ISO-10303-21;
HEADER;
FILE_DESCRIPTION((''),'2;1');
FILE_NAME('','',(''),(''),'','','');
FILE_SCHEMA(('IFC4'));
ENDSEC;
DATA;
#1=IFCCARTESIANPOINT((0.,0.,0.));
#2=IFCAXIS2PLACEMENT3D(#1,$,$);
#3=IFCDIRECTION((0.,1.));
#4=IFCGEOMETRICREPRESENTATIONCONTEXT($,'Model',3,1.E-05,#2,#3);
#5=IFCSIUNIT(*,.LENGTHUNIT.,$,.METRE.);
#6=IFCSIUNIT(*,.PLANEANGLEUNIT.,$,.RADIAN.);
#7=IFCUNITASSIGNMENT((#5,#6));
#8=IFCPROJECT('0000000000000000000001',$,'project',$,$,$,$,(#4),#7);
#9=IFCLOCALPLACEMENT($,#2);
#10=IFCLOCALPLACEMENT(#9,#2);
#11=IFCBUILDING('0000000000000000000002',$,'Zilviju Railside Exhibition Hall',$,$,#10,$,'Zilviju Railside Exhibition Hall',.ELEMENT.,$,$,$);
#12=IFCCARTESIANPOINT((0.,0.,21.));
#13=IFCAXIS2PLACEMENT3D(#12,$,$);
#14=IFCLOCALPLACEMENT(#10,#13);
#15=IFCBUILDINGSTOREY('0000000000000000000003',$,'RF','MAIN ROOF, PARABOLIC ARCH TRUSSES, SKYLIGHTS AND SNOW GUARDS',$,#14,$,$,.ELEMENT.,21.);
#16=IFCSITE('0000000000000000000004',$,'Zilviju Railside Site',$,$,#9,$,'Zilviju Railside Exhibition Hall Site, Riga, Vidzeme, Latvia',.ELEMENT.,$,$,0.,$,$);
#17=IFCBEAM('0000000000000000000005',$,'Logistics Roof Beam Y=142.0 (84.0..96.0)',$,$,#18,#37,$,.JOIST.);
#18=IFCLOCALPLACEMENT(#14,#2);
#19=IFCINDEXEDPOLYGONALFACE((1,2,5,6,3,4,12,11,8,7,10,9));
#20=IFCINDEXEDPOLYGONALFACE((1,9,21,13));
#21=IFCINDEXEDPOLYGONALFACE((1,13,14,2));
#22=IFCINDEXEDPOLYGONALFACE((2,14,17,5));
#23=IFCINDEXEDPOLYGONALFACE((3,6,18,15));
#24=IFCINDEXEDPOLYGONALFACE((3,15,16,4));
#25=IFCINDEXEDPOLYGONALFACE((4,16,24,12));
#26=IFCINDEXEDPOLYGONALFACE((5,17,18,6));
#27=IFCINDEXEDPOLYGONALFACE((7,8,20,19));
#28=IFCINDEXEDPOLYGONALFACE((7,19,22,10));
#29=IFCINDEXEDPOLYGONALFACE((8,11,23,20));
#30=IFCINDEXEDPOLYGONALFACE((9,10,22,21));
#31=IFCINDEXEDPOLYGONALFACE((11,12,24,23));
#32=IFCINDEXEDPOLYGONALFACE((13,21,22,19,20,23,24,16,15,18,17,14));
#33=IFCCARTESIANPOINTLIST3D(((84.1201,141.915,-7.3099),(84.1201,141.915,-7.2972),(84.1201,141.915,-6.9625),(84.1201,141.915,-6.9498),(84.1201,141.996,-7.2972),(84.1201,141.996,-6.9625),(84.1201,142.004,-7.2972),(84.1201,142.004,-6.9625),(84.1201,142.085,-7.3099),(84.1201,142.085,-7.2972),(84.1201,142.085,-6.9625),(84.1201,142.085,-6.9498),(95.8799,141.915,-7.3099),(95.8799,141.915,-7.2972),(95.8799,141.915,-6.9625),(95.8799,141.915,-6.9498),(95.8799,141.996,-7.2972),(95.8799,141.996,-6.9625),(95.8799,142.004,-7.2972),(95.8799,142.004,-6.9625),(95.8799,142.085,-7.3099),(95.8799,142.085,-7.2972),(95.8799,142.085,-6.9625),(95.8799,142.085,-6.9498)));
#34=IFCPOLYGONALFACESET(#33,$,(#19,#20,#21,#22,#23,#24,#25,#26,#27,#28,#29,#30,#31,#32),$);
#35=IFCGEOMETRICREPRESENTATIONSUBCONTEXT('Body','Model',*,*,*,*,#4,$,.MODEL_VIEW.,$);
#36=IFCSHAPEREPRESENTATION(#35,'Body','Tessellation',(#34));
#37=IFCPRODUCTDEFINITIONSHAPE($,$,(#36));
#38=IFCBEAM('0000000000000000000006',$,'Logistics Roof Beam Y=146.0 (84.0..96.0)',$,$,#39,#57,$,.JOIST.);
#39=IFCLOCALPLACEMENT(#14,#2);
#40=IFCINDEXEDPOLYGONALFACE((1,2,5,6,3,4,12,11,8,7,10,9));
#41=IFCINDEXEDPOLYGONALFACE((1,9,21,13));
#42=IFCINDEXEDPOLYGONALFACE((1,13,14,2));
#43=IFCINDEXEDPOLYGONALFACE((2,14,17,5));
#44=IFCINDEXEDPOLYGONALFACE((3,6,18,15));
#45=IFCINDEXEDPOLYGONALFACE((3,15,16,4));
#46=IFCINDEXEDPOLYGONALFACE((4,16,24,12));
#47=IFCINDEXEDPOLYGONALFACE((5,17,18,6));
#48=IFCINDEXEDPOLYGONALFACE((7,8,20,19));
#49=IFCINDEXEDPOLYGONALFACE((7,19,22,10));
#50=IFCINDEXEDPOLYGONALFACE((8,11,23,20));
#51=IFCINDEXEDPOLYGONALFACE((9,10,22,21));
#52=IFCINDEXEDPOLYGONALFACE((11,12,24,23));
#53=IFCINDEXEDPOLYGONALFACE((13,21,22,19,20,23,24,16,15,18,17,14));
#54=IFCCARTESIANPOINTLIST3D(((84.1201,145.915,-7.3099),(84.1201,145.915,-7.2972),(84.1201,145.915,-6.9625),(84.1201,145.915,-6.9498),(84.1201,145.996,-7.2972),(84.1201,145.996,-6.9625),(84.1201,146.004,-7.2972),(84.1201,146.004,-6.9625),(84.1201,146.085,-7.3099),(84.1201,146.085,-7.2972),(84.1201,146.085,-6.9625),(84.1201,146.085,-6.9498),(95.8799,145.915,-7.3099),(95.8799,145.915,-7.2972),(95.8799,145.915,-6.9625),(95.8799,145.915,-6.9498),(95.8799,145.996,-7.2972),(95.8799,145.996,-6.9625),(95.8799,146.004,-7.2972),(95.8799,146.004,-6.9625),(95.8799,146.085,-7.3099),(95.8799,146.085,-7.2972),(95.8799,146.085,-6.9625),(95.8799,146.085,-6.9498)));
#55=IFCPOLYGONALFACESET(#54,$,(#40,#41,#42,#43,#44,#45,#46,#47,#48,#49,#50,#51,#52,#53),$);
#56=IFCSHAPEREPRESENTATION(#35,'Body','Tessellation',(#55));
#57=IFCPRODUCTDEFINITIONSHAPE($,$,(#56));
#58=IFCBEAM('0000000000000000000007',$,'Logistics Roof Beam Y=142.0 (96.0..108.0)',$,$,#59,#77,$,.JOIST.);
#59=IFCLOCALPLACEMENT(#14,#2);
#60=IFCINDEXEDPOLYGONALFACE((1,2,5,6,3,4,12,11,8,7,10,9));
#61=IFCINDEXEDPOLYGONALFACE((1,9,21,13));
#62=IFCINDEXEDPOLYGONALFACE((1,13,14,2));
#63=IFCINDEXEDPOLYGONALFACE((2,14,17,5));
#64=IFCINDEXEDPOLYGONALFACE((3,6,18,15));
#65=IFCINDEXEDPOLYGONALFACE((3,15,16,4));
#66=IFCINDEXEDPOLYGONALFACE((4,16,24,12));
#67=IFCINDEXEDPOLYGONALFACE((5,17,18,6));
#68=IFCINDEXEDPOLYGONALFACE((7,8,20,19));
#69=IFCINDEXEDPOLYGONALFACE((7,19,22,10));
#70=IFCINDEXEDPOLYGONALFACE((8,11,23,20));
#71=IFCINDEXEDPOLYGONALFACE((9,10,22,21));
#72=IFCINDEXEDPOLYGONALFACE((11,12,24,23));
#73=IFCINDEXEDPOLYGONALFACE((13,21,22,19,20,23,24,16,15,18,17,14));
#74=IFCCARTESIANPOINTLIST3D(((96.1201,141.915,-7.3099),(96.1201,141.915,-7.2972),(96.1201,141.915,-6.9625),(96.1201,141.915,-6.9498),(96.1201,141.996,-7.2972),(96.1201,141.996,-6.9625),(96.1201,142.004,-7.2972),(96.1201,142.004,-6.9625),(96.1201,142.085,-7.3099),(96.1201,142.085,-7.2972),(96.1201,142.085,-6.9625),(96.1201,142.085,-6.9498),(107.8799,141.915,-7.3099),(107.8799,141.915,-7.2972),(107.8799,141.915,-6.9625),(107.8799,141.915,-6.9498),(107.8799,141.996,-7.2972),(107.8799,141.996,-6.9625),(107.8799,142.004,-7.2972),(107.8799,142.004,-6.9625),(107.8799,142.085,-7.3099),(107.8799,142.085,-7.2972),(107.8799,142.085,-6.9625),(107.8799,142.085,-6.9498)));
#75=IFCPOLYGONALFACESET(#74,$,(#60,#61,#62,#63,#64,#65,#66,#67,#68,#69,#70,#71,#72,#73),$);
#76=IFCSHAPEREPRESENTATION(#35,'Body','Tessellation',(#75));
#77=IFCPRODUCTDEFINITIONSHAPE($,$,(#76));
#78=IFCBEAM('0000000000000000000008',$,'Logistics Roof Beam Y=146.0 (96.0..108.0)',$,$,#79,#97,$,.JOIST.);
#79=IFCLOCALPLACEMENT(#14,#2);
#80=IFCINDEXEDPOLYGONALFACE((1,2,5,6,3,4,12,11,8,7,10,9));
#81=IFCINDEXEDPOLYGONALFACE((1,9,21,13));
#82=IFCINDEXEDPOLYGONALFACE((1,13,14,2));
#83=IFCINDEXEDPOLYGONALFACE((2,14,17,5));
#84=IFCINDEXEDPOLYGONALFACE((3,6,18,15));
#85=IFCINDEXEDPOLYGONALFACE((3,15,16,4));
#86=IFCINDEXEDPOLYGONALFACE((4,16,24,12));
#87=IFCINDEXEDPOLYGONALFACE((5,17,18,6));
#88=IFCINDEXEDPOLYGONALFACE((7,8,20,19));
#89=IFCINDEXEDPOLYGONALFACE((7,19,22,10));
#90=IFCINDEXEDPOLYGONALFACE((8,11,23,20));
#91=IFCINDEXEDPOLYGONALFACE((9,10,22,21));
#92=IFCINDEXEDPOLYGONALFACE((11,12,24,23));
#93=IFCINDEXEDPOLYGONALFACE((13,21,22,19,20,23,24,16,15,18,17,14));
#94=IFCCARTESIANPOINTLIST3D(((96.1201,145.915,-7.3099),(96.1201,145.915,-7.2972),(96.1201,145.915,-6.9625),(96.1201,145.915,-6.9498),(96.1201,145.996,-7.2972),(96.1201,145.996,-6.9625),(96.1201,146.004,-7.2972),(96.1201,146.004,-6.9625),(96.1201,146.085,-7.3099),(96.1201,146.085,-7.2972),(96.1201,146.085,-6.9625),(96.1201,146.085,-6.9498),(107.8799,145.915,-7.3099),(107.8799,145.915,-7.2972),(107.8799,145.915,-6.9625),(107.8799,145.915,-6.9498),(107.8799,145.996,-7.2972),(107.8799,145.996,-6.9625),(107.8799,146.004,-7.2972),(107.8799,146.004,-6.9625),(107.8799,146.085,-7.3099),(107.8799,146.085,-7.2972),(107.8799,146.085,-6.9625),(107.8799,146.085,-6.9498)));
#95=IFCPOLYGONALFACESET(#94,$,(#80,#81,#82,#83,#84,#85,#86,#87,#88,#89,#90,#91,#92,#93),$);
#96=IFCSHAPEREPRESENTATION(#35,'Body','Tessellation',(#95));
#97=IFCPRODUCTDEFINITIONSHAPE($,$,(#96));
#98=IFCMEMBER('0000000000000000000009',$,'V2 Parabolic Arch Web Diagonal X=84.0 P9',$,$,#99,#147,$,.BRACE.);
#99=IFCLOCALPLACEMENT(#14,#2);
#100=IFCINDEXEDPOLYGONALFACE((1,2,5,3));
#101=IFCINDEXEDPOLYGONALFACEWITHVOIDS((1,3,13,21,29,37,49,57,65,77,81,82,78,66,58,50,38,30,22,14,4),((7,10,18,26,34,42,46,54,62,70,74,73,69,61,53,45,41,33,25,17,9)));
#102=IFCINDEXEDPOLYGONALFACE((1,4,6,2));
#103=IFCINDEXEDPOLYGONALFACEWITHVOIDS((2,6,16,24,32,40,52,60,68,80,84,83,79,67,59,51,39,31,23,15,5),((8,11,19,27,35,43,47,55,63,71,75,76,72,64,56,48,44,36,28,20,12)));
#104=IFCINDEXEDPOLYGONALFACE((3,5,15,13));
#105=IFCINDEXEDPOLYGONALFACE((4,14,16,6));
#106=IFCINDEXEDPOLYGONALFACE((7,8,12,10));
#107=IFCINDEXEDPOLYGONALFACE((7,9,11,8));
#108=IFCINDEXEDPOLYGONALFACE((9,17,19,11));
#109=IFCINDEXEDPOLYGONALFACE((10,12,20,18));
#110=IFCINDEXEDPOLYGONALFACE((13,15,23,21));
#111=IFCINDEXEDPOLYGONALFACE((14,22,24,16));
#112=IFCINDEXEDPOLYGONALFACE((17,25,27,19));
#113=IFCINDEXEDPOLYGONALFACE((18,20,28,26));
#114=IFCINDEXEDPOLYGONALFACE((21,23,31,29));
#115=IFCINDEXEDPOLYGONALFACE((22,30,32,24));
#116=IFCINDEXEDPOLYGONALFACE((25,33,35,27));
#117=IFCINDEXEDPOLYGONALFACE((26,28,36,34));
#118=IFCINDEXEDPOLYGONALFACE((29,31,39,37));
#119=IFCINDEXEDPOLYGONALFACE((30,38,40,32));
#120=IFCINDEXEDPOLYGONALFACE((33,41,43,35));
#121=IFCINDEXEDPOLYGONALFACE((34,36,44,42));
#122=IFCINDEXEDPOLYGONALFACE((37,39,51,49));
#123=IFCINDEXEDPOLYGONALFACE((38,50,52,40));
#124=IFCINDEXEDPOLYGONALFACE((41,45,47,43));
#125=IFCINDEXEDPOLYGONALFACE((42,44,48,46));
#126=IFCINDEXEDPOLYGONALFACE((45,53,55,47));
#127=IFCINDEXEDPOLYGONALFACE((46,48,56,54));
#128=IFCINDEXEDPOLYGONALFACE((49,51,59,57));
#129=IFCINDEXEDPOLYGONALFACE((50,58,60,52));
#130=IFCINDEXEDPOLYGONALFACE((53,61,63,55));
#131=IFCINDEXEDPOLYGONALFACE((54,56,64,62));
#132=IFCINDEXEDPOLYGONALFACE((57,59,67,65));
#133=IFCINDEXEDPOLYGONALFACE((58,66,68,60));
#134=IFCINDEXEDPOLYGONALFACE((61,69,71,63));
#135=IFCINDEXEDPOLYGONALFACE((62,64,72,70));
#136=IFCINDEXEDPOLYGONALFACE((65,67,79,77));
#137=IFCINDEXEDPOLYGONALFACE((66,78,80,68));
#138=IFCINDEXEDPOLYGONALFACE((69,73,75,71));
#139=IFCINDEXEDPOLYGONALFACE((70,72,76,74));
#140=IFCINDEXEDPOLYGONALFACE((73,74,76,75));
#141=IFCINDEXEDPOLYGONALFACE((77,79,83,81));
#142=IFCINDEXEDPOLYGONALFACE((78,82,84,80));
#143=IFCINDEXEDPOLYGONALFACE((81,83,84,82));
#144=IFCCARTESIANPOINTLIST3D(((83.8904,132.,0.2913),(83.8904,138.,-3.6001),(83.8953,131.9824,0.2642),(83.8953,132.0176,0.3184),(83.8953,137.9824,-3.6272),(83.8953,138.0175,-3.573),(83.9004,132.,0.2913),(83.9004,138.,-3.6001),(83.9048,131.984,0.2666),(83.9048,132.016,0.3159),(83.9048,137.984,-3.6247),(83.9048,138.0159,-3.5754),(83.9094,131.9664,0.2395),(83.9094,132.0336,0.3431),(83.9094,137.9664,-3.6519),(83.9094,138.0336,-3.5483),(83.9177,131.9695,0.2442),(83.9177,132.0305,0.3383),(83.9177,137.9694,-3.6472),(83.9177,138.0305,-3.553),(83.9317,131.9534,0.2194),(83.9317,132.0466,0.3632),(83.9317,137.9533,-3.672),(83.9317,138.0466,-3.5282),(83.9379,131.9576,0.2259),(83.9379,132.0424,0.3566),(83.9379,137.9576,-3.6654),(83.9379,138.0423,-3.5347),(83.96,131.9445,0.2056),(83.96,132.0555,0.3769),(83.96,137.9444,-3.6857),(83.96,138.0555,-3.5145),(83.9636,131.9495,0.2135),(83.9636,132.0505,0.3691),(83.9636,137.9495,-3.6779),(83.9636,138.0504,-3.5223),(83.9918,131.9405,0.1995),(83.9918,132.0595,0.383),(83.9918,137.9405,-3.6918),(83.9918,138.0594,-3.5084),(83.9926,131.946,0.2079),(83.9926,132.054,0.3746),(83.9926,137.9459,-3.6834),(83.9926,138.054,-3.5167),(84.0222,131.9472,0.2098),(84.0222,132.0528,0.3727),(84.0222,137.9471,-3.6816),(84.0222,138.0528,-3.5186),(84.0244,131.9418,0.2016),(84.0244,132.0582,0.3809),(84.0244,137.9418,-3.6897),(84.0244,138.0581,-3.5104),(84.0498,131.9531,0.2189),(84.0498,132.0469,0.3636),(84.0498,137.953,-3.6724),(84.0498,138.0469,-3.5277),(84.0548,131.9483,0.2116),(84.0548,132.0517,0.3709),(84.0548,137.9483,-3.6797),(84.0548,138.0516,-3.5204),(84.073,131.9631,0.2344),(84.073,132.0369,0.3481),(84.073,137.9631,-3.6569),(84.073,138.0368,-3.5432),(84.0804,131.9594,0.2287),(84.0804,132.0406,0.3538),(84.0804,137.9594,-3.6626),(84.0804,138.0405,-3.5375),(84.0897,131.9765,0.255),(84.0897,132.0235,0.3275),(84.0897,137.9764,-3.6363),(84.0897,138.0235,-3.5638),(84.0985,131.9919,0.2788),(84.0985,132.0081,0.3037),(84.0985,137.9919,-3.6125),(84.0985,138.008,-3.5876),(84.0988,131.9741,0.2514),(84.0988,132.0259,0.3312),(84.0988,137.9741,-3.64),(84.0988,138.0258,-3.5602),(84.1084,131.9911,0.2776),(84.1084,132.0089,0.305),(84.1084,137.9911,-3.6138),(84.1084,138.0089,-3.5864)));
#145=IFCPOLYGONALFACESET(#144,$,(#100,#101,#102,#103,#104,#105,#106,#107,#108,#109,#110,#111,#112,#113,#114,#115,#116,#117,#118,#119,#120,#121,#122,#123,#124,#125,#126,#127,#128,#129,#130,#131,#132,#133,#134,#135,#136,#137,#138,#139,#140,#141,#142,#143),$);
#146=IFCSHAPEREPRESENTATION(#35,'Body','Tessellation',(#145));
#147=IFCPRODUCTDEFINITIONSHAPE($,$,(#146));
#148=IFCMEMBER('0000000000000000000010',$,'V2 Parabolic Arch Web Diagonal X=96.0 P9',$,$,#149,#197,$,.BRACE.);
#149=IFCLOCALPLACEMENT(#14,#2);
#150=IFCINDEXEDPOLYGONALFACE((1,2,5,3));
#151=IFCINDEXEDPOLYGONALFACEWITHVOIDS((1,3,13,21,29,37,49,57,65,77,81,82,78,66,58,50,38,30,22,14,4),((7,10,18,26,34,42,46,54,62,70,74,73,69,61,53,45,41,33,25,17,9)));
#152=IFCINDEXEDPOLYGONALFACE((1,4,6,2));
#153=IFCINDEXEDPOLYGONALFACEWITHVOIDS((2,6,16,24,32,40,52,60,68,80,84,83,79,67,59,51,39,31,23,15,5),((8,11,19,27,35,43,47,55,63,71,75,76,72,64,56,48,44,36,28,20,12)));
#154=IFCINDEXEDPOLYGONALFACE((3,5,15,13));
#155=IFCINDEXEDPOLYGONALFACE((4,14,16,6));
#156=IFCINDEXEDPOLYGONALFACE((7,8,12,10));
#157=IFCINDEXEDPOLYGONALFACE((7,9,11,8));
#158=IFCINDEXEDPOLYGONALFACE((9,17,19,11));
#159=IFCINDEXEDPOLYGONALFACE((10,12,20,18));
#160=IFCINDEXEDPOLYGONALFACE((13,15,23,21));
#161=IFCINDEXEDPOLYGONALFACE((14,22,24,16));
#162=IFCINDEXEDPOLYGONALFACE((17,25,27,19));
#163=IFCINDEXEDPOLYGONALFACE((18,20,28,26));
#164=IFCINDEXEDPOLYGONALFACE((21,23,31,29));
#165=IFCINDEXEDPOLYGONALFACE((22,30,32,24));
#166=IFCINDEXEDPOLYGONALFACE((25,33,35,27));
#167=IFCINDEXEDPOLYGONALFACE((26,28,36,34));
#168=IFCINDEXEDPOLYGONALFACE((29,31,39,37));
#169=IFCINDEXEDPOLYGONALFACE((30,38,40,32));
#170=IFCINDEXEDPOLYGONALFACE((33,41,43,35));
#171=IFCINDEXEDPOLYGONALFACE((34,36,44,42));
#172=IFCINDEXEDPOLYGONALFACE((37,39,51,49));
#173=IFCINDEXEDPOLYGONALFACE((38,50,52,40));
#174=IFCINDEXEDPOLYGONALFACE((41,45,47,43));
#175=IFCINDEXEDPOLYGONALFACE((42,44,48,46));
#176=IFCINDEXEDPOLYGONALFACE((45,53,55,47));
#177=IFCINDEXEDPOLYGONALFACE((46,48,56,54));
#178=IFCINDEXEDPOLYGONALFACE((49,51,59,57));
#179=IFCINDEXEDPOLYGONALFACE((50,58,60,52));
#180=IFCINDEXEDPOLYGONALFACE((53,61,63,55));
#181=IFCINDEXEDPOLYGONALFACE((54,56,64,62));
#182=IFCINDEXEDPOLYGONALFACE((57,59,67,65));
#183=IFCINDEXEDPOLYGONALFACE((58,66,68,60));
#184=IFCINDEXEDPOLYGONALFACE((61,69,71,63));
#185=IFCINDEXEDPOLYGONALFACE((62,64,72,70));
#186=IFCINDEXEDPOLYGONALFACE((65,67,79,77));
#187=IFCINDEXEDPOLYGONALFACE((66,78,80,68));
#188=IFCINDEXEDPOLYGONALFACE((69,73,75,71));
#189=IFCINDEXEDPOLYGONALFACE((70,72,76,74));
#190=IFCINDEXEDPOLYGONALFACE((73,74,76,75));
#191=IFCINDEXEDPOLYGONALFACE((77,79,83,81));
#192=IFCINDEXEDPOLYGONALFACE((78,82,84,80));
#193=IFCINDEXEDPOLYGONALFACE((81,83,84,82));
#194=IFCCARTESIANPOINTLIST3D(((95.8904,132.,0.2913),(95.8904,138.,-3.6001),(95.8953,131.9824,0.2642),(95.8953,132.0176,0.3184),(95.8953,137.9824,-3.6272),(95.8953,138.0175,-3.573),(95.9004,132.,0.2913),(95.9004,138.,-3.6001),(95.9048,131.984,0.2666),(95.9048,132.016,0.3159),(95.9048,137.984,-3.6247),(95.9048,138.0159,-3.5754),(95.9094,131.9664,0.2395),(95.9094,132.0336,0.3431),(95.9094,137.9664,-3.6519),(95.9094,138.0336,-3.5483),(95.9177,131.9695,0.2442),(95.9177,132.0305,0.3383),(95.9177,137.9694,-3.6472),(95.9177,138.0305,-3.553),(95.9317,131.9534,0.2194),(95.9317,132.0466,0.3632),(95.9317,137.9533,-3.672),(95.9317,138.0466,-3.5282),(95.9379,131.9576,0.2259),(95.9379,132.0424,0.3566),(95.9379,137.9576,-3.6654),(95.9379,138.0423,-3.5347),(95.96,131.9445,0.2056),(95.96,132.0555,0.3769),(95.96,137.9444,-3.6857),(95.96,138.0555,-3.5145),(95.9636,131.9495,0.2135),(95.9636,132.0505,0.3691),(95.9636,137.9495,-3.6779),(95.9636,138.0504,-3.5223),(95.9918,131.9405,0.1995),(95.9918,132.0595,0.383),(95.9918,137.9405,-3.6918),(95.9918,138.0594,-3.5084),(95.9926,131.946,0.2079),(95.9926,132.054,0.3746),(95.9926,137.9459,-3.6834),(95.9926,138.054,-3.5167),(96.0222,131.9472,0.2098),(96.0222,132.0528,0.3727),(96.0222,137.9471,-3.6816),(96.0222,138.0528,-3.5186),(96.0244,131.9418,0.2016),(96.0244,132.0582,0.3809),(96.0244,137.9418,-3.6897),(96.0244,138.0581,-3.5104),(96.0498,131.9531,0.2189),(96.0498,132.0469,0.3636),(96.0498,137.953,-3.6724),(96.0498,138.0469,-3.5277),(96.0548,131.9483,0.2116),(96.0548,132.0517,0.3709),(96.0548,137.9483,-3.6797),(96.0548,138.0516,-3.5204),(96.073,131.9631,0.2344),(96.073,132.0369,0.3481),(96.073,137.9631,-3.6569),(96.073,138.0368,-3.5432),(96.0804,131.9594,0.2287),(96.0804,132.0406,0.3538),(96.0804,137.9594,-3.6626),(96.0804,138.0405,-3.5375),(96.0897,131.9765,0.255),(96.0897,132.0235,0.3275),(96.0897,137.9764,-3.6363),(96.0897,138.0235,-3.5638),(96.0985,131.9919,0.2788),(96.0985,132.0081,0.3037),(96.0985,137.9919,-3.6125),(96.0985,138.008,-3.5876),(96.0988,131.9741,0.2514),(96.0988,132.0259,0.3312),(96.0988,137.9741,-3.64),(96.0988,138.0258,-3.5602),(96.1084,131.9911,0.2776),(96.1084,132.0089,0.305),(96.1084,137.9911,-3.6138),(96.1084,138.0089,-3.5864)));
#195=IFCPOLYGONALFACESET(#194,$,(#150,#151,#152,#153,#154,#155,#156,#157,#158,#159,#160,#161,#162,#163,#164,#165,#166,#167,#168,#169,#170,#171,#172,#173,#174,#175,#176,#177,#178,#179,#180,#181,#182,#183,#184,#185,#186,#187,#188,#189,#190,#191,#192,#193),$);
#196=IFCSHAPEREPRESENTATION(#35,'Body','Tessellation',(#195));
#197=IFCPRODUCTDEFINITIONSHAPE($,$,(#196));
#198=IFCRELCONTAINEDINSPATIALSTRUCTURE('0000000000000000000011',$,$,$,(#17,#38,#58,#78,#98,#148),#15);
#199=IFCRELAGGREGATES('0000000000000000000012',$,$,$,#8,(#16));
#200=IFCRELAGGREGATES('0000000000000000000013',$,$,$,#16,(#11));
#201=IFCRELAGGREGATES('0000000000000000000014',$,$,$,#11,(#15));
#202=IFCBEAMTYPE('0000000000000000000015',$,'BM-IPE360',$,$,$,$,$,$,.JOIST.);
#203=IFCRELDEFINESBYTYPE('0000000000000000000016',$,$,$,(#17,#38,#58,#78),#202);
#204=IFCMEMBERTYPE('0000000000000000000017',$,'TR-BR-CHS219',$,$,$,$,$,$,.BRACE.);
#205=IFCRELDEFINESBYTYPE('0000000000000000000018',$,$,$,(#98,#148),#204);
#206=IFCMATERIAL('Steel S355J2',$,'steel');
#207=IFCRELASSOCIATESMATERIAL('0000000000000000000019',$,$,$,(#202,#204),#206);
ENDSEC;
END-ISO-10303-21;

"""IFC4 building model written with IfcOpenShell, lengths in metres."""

from ifc_helpers import new_model, si_unit, direction, frame, origin, origin_2d, place, context, subcontext, project, spatial, hollow_circle, i_section, extrude, material, material_profile, profile_set, type_object, element, save


model = new_model("IFC4")

# Units and contexts
model_context = context("Model", 3, precision=1e-05, world=origin(), true_north=direction((0.0, 1.0)))
body_context = subcontext(model_context, "Body", "Model", "MODEL_VIEW")
ifc_project = project(units=[si_unit("LENGTHUNIT", "METRE"), si_unit("PLANEANGLEUNIT", "RADIAN")], contexts=[model_context])

# Site, building, storey
site_placement = place(None, origin())
site = spatial("IfcSite", under=ifc_project, at=site_placement, Name="Zilviju Railside Site", LongName="Zilviju Railside Exhibition Hall Site, Riga, Vidzeme, Latvia", CompositionType="ELEMENT", RefElevation=0.0)
building_placement = place(site_placement, origin())
building = spatial("IfcBuilding", under=site, at=building_placement, Name="Zilviju Railside Exhibition Hall", LongName="Zilviju Railside Exhibition Hall", CompositionType="ELEMENT")
storey_placement = place(building_placement, frame((0.0, 0.0, 21.0)))
storey = spatial("IfcBuildingStorey", under=building, at=storey_placement, Name="RF", Description="MAIN ROOF, PARABOLIC ARCH TRUSSES, SKYLIGHTS AND SNOW GUARDS", CompositionType="ELEMENT", Elevation=21.0)

# Beams
ifc_material_1 = material(Name="Steel S355J2", Category="steel")
ifc_material_profile_1 = material_profile(ifc_material_1, i_section(OverallWidth=0.1699, OverallDepth=0.3601, WebThickness=0.0081, FlangeThickness=0.0127, at=origin_2d()), Name="IPE 360")
ifc_profile_set_1 = profile_set([ifc_material_profile_1], Name="Steel S355J2")
beam_type_1 = type_object("IfcBeamType", Name="BM-IPE360", PredefinedType="JOIST", material=ifc_profile_set_1)
for number, where, z_axis, x_axis, name in (
    (1, (84.1201, 142.0, -7.1299), (1.0, 0.0, 0.0), (0.0, 1.0, 0.0), "Logistics Roof Beam Y=142.0 (84.0..96.0)"),
    (2, (84.1201, 146.0, -7.1299), (1.0, 0.0, 0.0), (0.0, 1.0, 0.0), "Logistics Roof Beam Y=146.0 (84.0..96.0)"),
    (3, (96.1201, 142.0, -7.1299), (1.0, 0.0, 0.0), (0.0, 1.0, 0.0), "Logistics Roof Beam Y=142.0 (96.0..108.0)"),
    (4, (96.1201, 146.0, -7.1299), (1.0, 0.0, 0.0), (0.0, 1.0, 0.0), "Logistics Roof Beam Y=146.0 (96.0..108.0)"),
):
    element("IfcBeam", number, at=place(storey_placement, frame(where, z_axis=z_axis, x_axis=x_axis)), inside=storey, type_object=beam_type_1, Name=name, PredefinedType="JOIST", context=body_context, shape_type="SweptSolid", body=[
        extrude(i_section(OverallWidth=0.1699, OverallDepth=0.3601, WebThickness=0.0081, FlangeThickness=0.0127, at=origin_2d()), origin(), (0.0, 0.0, 1.0), 11.7598),
    ])

# Members
ifc_material_profile_2 = material_profile(ifc_material_1, hollow_circle(Radius=0.1096, WallThickness=0.01, at=origin_2d()), Name="CHS 219.1x10.0")
ifc_profile_set_2 = profile_set([ifc_material_profile_2], Name="Steel S355J2")
member_type_1 = type_object("IfcMemberType", Name="TR-BR-CHS219", PredefinedType="BRACE", material=ifc_profile_set_2)
for number, where, z_axis, x_axis, name in (
    (5, (84.0, 132.0, 0.2913), (0.0, 0.838995, -0.544139), (-1.0, 0.0, 0.0), "V2 Parabolic Arch Web Diagonal X=84.0 P9"),
    (6, (96.0, 132.0, 0.2913), (0.0, 0.838995, -0.544139), (-1.0, 0.0, 0.0), "V2 Parabolic Arch Web Diagonal X=96.0 P9"),
):
    element("IfcMember", number, at=place(storey_placement, frame(where, z_axis=z_axis, x_axis=x_axis)), inside=storey, type_object=member_type_1, Name=name, PredefinedType="BRACE", context=body_context, shape_type="SweptSolid", body=[
        extrude(hollow_circle(Radius=0.1096, WallThickness=0.01, at=origin_2d()), origin(), (0.0, 0.0, 1.0), 7.1514),
    ])

save(model, "model.ifc")
